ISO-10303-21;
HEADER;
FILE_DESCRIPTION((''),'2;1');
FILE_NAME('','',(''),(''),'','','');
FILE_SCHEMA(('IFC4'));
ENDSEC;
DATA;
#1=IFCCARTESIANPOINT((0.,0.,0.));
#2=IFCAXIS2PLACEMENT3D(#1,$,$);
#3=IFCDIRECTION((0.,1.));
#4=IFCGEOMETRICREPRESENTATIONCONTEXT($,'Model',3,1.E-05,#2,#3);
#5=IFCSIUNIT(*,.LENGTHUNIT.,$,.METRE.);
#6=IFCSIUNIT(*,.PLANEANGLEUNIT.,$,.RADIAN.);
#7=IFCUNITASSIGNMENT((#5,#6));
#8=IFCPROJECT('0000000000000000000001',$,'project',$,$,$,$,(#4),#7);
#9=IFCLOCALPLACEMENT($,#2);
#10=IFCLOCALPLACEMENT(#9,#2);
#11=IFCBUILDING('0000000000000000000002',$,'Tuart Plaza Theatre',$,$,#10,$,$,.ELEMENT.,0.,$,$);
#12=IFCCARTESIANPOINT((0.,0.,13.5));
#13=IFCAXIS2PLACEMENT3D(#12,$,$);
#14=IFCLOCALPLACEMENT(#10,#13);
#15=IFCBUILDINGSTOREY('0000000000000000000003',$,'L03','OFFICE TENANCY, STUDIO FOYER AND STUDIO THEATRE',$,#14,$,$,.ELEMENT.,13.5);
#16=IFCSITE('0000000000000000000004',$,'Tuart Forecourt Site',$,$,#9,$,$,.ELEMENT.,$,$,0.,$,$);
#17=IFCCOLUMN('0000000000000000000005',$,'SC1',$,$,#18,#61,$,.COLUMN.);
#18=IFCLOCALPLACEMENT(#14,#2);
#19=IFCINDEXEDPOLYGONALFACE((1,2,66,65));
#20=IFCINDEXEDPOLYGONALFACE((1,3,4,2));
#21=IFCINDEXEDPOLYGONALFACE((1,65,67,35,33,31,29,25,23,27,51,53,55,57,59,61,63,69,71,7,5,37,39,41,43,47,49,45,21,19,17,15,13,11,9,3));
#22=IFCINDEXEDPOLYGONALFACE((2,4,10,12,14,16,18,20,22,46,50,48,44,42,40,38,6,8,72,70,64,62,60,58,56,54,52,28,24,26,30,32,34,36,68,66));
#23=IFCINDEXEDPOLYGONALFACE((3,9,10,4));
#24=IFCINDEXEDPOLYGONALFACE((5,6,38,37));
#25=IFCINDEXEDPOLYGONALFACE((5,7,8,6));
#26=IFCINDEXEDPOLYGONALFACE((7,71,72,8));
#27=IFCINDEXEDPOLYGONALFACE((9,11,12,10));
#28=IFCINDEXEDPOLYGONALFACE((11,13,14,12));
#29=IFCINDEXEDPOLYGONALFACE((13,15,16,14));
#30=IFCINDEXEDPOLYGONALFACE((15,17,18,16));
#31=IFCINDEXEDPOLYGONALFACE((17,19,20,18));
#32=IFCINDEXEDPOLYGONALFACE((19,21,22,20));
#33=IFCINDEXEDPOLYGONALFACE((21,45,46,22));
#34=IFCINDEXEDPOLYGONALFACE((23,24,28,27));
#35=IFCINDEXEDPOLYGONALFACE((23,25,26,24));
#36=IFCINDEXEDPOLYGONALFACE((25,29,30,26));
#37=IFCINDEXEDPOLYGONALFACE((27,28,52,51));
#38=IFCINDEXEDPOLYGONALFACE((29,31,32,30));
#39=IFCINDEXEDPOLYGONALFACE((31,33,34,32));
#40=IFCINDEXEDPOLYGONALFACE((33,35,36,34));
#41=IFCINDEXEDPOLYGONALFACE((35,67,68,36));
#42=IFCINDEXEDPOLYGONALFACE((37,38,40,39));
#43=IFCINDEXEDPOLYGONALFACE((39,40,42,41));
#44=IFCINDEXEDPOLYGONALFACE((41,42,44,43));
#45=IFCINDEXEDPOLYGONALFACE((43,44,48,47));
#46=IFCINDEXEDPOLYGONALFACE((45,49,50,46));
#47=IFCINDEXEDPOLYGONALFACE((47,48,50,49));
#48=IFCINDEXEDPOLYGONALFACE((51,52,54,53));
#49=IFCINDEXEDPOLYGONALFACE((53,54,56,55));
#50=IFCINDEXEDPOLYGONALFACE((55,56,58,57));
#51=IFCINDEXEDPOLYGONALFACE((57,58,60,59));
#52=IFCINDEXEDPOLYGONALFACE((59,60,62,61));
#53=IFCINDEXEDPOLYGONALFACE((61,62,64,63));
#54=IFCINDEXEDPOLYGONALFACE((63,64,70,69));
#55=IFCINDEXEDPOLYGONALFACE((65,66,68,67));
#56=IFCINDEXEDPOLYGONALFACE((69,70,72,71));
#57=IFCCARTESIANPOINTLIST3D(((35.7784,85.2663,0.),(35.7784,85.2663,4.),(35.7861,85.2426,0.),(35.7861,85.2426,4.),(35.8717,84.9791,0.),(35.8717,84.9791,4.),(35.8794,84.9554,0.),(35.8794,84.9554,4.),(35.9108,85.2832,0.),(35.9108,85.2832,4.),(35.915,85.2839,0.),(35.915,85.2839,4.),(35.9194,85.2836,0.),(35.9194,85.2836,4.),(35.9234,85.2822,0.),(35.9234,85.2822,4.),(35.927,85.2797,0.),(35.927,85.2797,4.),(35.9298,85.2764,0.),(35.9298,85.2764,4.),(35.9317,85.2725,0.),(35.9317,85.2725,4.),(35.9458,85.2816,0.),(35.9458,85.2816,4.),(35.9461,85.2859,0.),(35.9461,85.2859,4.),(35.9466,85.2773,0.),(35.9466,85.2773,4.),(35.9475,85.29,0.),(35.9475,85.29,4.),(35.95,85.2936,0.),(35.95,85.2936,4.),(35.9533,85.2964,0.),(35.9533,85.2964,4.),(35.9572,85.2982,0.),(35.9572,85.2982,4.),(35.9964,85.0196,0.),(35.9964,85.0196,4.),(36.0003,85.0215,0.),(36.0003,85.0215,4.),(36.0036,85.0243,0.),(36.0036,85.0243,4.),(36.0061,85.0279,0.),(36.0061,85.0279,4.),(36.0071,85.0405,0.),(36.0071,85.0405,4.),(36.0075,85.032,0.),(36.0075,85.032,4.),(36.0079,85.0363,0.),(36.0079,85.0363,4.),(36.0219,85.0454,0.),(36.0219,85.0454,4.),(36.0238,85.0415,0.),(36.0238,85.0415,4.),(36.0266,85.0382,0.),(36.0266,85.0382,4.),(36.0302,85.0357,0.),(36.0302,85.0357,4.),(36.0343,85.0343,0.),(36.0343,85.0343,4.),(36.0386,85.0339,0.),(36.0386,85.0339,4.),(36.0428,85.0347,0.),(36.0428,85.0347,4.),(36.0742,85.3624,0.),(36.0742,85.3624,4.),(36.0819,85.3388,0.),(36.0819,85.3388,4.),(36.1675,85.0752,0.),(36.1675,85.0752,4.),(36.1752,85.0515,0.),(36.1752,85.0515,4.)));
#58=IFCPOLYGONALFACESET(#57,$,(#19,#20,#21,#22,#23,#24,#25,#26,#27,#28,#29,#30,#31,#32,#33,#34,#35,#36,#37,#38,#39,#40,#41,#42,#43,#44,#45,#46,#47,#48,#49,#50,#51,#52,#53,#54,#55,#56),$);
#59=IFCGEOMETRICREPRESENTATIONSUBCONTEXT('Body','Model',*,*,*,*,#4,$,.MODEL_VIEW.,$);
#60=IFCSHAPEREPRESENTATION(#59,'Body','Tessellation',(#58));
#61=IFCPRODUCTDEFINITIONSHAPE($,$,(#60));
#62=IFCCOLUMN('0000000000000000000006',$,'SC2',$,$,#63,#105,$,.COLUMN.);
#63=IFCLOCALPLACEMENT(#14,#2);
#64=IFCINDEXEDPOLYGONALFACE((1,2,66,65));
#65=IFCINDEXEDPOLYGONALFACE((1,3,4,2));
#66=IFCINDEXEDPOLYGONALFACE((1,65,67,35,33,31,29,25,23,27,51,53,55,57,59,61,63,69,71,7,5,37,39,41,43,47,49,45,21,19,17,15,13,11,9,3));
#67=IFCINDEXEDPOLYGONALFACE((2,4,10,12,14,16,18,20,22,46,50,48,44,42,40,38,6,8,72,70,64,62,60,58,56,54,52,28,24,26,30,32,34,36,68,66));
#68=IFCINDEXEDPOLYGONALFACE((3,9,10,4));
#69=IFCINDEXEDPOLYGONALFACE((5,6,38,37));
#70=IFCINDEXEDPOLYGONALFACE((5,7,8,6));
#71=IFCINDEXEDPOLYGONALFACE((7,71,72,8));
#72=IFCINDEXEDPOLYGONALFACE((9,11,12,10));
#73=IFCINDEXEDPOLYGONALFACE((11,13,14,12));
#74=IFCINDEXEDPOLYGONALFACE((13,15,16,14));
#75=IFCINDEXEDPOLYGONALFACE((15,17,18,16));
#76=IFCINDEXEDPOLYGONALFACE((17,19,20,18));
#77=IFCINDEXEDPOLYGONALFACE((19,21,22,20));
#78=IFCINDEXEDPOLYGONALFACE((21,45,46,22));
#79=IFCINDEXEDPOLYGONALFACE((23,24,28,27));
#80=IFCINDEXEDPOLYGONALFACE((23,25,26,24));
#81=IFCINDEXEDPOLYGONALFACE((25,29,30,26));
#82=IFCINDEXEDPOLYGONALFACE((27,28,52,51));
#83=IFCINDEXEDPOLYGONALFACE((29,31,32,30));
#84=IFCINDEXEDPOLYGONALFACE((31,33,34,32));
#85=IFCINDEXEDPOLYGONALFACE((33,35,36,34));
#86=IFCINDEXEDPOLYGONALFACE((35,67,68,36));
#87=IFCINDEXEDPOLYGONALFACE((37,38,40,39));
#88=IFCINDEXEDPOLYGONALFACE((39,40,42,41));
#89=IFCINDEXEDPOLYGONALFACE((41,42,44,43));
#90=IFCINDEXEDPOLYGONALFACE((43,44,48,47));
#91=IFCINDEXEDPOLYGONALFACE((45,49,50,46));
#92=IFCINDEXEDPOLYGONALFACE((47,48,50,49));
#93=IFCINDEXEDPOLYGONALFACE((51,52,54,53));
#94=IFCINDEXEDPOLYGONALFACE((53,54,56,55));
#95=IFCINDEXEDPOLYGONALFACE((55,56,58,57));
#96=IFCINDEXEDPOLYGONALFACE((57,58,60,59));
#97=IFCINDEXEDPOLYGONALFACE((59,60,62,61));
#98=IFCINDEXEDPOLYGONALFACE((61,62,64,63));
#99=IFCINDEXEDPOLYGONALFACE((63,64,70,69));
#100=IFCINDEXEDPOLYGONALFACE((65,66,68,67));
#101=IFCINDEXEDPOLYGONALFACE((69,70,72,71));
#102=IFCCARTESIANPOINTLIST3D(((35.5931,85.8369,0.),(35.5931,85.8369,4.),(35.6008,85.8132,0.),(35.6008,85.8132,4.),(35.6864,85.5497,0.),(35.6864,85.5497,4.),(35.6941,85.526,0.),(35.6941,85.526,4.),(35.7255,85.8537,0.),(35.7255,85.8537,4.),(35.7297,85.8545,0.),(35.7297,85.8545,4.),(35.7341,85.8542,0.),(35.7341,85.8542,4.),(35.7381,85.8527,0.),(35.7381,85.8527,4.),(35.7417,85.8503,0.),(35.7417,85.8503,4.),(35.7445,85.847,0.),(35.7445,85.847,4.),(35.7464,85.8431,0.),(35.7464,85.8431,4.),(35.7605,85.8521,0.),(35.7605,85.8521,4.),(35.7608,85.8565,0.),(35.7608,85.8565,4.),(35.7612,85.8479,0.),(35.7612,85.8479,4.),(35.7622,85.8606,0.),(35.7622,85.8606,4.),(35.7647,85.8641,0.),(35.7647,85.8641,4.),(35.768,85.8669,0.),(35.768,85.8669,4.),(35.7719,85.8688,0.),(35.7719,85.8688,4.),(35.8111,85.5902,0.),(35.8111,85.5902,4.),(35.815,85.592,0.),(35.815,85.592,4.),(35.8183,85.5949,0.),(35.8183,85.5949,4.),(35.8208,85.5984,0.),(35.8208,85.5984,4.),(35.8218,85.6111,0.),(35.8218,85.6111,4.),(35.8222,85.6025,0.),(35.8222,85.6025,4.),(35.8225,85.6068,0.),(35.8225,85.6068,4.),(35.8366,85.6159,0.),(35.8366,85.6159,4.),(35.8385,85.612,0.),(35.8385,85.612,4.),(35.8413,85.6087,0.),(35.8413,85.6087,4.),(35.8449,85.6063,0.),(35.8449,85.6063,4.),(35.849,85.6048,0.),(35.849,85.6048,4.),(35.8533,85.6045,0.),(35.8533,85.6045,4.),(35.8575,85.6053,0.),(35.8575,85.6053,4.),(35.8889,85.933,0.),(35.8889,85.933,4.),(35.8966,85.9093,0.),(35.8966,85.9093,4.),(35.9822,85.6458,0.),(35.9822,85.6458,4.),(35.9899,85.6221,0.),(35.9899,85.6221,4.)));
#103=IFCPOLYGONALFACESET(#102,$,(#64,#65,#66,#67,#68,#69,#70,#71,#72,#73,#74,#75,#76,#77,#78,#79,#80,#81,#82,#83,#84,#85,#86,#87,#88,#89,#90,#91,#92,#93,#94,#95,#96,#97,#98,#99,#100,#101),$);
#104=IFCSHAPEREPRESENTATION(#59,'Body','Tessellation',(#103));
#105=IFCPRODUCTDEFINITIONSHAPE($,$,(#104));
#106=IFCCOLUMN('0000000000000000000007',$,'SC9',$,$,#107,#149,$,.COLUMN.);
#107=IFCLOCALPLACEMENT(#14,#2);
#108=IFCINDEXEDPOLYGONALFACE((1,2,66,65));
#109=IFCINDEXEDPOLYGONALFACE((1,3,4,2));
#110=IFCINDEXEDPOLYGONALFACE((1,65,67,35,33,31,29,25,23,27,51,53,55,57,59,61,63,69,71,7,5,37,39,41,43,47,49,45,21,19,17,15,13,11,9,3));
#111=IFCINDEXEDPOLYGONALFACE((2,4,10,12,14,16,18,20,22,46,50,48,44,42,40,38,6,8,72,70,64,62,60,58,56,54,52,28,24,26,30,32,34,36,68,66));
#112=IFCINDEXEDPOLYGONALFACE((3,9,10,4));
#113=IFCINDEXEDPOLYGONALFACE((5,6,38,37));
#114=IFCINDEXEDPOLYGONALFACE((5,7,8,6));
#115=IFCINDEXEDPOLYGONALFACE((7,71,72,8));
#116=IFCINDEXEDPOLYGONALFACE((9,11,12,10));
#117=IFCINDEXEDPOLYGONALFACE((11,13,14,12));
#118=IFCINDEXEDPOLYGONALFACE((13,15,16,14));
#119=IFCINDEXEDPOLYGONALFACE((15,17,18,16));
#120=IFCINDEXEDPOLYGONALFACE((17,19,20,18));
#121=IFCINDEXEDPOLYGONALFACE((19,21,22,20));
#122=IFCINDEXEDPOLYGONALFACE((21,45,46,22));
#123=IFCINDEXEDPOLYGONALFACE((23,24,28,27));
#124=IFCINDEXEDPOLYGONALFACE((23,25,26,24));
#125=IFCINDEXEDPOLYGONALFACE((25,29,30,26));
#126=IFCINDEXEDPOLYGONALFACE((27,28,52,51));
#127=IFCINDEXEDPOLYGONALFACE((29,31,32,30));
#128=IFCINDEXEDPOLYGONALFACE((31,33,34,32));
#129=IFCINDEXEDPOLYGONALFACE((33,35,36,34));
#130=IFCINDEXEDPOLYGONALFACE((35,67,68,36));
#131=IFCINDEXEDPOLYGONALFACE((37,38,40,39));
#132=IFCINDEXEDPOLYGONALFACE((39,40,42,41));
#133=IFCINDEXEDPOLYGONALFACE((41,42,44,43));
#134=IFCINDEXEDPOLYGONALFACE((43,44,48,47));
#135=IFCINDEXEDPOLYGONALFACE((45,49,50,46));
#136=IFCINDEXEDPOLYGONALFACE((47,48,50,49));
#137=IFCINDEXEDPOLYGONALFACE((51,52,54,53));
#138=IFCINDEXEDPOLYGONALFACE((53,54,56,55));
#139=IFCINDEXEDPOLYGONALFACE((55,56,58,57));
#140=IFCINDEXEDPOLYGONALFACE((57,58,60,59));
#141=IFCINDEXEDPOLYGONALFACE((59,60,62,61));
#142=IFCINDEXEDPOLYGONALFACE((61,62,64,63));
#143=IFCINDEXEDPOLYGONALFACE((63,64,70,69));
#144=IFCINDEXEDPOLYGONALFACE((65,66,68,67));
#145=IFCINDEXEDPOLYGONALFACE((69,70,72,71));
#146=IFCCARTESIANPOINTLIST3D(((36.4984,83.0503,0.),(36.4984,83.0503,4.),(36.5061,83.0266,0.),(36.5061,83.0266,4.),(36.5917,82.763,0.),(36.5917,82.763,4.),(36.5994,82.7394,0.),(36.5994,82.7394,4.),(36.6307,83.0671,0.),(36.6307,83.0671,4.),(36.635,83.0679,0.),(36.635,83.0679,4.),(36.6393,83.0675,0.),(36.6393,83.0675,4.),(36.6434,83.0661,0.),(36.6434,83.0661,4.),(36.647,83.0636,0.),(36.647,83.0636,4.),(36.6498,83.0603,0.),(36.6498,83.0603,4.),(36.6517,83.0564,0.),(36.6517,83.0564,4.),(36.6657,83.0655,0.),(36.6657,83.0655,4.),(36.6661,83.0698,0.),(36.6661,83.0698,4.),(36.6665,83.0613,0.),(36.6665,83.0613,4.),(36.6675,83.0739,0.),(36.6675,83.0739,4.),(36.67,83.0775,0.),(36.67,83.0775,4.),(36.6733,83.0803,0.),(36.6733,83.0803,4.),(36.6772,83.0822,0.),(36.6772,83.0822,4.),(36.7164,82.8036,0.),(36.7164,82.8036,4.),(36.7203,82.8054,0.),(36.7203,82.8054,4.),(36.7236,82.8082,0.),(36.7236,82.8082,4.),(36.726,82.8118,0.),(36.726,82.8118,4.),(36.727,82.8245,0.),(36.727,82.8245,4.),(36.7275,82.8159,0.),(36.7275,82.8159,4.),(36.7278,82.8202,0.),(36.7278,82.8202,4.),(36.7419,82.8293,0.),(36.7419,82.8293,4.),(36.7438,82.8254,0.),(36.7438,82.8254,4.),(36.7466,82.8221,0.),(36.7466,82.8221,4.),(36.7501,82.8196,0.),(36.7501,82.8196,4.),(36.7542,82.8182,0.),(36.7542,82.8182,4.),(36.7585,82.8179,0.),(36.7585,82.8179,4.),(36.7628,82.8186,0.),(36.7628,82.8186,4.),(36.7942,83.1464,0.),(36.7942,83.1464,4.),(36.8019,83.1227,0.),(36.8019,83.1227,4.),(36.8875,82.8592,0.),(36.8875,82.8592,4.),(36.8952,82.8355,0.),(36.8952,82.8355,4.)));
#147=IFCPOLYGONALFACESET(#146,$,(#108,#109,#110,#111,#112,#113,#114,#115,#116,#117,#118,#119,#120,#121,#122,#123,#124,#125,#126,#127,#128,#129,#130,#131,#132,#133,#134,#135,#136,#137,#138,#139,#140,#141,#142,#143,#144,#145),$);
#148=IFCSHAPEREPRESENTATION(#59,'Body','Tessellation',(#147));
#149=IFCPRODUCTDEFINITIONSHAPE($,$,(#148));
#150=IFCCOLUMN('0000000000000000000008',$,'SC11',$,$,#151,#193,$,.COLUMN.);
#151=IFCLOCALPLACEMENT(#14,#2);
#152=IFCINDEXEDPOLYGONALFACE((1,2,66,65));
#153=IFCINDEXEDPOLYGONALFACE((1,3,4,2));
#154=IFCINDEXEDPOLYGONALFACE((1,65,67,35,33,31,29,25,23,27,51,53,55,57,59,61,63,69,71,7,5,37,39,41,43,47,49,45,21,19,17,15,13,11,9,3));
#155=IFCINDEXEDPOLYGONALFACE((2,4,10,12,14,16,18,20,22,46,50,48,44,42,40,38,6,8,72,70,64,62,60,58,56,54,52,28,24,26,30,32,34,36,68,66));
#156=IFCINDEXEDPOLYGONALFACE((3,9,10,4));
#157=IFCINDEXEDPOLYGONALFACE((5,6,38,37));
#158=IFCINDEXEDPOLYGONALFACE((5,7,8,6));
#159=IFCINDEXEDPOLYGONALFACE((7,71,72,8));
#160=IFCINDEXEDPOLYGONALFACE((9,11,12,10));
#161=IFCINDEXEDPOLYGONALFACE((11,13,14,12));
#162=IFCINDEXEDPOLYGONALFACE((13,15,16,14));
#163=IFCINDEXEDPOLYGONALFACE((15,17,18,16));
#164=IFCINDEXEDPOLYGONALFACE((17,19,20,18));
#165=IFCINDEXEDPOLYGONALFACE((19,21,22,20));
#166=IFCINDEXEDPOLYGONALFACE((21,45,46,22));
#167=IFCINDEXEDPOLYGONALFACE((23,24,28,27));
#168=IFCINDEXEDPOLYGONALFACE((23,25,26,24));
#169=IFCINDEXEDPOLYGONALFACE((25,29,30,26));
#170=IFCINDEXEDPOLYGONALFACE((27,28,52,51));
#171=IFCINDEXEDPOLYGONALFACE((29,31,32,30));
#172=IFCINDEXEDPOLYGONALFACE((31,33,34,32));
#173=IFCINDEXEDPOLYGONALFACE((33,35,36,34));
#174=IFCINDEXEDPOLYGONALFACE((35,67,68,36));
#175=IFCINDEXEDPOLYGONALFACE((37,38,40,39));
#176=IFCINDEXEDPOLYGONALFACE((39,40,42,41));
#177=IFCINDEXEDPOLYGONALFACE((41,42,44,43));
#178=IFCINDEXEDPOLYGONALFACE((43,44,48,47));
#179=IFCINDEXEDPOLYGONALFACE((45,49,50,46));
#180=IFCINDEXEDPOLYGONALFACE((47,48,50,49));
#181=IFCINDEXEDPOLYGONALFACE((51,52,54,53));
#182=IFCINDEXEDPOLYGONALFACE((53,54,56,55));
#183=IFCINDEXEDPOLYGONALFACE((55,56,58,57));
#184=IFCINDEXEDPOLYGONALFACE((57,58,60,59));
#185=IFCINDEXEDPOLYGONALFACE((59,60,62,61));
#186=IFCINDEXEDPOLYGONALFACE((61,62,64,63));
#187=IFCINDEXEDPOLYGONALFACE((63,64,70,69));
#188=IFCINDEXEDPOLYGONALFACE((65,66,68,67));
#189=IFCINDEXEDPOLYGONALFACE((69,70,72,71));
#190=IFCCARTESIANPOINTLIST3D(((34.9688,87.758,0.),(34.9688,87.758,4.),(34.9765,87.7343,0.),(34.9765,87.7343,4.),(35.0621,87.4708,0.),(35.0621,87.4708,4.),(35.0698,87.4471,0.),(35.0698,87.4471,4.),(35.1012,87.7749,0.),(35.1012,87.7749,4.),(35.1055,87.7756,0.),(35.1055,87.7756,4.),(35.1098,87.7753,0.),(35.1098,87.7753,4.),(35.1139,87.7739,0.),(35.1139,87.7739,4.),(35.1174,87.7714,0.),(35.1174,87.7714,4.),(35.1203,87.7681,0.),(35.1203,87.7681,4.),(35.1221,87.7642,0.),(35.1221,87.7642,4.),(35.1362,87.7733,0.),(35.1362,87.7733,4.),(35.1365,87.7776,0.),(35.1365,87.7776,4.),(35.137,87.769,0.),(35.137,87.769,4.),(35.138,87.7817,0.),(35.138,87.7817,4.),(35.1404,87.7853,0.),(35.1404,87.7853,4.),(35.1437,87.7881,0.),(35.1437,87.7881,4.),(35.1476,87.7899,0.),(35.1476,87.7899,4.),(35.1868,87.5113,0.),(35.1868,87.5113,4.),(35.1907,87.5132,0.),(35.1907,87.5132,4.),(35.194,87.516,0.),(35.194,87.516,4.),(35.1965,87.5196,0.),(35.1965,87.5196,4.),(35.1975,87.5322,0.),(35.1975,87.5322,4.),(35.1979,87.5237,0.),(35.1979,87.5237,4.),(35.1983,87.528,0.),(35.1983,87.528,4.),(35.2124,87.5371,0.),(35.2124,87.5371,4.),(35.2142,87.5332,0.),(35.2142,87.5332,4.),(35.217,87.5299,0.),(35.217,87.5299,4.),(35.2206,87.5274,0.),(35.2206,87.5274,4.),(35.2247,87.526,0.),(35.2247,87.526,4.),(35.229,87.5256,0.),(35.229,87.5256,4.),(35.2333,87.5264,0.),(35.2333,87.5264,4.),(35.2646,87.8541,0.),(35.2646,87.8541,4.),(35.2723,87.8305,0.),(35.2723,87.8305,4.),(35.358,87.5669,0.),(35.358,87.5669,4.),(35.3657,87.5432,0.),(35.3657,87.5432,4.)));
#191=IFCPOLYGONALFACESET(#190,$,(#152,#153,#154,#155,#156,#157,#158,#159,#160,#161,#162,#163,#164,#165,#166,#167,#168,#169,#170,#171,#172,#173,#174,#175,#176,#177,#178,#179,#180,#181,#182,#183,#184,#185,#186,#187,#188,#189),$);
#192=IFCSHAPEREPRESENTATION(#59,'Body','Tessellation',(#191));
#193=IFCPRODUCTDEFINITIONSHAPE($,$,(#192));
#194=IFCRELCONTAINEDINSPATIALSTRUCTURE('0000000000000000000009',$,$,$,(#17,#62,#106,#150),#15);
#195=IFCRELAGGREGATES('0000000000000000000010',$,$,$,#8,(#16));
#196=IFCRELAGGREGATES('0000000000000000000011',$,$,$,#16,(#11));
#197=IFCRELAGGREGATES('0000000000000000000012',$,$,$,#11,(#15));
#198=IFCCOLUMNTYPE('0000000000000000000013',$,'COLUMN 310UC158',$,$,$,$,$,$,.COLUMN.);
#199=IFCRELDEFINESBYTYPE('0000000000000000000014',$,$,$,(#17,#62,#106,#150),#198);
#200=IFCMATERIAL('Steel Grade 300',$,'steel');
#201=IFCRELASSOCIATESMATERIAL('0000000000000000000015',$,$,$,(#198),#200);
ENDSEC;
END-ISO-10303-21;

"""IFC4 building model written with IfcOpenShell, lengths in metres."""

from ifc_helpers import new_model, si_unit, direction, frame, origin, origin_2d, place, context, subcontext, project, spatial, i_section, extrude, material, material_profile, profile_set, type_object, element, save


model = new_model("IFC4")

# Units and contexts
model_context = context("Model", 3, precision=1e-05, world=origin(), true_north=direction((0.0, 1.0)))
body_context = subcontext(model_context, "Body", "Model", "MODEL_VIEW")
ifc_project = project(units=[si_unit("LENGTHUNIT", "METRE"), si_unit("PLANEANGLEUNIT", "RADIAN")], contexts=[model_context])

# Site, building, storey
site_placement = place(None, origin())
site = spatial("IfcSite", under=ifc_project, at=site_placement, Name="Tuart Forecourt Site", CompositionType="ELEMENT", RefElevation=0.0)
building_placement = place(site_placement, origin())
building = spatial("IfcBuilding", under=site, at=building_placement, Name="Tuart Plaza Theatre", CompositionType="ELEMENT", ElevationOfRefHeight=0.0)
storey_placement = place(building_placement, frame((0.0, 0.0, 13.5)))
storey = spatial("IfcBuildingStorey", under=building, at=storey_placement, Name="L03", Description="OFFICE TENANCY, STUDIO FOYER AND STUDIO THEATRE", CompositionType="ELEMENT", Elevation=13.5)

# Columns
ifc_material_1 = material(Name="Steel Grade 300", Category="steel")
ifc_material_profile_1 = material_profile(ifc_material_1, i_section(OverallWidth=0.311, OverallDepth=0.3269, WebThickness=0.0156, FlangeThickness=0.0249, FilletRadius=0.0166, at=origin_2d()), Name="310UC158")
ifc_profile_set_1 = profile_set([ifc_material_profile_1], Name="Steel Grade 300")
column_type = type_object("IfcColumnType", Name="COLUMN 310UC158", PredefinedType="COLUMN", material=ifc_profile_set_1)
for number, where, z_axis, x_axis, name in (
    (1, (35.9768, 85.1589, 0.0), (0.0, 0.0, 1.0), (0.951057, 0.309017, 0.0), "SC1"),
    (2, (35.7915, 85.7295, 0.0), (0.0, 0.0, 1.0), (0.951057, 0.309017, 0.0), "SC2"),
    (3, (36.6968, 82.9429, 0.0), (0.0, 0.0, 1.0), (0.951057, 0.309017, 0.0), "SC9"),
    (4, (35.1672, 87.6506, 0.0), (0.0, 0.0, 1.0), (0.951057, 0.309017, 0.0), "SC11"),
):
    element("IfcColumn", number, at=place(storey_placement, frame(where, z_axis=z_axis, x_axis=x_axis)), inside=storey, type_object=column_type, Name=name, PredefinedType="COLUMN", context=body_context, shape_type="SweptSolid", body=[
        extrude(i_section(OverallWidth=0.311, OverallDepth=0.3269, WebThickness=0.0156, FlangeThickness=0.0249, FilletRadius=0.0166, at=origin_2d()), origin(), (0.0, 0.0, 1.0), 4.0),
    ])

save(model, "model.ifc")
